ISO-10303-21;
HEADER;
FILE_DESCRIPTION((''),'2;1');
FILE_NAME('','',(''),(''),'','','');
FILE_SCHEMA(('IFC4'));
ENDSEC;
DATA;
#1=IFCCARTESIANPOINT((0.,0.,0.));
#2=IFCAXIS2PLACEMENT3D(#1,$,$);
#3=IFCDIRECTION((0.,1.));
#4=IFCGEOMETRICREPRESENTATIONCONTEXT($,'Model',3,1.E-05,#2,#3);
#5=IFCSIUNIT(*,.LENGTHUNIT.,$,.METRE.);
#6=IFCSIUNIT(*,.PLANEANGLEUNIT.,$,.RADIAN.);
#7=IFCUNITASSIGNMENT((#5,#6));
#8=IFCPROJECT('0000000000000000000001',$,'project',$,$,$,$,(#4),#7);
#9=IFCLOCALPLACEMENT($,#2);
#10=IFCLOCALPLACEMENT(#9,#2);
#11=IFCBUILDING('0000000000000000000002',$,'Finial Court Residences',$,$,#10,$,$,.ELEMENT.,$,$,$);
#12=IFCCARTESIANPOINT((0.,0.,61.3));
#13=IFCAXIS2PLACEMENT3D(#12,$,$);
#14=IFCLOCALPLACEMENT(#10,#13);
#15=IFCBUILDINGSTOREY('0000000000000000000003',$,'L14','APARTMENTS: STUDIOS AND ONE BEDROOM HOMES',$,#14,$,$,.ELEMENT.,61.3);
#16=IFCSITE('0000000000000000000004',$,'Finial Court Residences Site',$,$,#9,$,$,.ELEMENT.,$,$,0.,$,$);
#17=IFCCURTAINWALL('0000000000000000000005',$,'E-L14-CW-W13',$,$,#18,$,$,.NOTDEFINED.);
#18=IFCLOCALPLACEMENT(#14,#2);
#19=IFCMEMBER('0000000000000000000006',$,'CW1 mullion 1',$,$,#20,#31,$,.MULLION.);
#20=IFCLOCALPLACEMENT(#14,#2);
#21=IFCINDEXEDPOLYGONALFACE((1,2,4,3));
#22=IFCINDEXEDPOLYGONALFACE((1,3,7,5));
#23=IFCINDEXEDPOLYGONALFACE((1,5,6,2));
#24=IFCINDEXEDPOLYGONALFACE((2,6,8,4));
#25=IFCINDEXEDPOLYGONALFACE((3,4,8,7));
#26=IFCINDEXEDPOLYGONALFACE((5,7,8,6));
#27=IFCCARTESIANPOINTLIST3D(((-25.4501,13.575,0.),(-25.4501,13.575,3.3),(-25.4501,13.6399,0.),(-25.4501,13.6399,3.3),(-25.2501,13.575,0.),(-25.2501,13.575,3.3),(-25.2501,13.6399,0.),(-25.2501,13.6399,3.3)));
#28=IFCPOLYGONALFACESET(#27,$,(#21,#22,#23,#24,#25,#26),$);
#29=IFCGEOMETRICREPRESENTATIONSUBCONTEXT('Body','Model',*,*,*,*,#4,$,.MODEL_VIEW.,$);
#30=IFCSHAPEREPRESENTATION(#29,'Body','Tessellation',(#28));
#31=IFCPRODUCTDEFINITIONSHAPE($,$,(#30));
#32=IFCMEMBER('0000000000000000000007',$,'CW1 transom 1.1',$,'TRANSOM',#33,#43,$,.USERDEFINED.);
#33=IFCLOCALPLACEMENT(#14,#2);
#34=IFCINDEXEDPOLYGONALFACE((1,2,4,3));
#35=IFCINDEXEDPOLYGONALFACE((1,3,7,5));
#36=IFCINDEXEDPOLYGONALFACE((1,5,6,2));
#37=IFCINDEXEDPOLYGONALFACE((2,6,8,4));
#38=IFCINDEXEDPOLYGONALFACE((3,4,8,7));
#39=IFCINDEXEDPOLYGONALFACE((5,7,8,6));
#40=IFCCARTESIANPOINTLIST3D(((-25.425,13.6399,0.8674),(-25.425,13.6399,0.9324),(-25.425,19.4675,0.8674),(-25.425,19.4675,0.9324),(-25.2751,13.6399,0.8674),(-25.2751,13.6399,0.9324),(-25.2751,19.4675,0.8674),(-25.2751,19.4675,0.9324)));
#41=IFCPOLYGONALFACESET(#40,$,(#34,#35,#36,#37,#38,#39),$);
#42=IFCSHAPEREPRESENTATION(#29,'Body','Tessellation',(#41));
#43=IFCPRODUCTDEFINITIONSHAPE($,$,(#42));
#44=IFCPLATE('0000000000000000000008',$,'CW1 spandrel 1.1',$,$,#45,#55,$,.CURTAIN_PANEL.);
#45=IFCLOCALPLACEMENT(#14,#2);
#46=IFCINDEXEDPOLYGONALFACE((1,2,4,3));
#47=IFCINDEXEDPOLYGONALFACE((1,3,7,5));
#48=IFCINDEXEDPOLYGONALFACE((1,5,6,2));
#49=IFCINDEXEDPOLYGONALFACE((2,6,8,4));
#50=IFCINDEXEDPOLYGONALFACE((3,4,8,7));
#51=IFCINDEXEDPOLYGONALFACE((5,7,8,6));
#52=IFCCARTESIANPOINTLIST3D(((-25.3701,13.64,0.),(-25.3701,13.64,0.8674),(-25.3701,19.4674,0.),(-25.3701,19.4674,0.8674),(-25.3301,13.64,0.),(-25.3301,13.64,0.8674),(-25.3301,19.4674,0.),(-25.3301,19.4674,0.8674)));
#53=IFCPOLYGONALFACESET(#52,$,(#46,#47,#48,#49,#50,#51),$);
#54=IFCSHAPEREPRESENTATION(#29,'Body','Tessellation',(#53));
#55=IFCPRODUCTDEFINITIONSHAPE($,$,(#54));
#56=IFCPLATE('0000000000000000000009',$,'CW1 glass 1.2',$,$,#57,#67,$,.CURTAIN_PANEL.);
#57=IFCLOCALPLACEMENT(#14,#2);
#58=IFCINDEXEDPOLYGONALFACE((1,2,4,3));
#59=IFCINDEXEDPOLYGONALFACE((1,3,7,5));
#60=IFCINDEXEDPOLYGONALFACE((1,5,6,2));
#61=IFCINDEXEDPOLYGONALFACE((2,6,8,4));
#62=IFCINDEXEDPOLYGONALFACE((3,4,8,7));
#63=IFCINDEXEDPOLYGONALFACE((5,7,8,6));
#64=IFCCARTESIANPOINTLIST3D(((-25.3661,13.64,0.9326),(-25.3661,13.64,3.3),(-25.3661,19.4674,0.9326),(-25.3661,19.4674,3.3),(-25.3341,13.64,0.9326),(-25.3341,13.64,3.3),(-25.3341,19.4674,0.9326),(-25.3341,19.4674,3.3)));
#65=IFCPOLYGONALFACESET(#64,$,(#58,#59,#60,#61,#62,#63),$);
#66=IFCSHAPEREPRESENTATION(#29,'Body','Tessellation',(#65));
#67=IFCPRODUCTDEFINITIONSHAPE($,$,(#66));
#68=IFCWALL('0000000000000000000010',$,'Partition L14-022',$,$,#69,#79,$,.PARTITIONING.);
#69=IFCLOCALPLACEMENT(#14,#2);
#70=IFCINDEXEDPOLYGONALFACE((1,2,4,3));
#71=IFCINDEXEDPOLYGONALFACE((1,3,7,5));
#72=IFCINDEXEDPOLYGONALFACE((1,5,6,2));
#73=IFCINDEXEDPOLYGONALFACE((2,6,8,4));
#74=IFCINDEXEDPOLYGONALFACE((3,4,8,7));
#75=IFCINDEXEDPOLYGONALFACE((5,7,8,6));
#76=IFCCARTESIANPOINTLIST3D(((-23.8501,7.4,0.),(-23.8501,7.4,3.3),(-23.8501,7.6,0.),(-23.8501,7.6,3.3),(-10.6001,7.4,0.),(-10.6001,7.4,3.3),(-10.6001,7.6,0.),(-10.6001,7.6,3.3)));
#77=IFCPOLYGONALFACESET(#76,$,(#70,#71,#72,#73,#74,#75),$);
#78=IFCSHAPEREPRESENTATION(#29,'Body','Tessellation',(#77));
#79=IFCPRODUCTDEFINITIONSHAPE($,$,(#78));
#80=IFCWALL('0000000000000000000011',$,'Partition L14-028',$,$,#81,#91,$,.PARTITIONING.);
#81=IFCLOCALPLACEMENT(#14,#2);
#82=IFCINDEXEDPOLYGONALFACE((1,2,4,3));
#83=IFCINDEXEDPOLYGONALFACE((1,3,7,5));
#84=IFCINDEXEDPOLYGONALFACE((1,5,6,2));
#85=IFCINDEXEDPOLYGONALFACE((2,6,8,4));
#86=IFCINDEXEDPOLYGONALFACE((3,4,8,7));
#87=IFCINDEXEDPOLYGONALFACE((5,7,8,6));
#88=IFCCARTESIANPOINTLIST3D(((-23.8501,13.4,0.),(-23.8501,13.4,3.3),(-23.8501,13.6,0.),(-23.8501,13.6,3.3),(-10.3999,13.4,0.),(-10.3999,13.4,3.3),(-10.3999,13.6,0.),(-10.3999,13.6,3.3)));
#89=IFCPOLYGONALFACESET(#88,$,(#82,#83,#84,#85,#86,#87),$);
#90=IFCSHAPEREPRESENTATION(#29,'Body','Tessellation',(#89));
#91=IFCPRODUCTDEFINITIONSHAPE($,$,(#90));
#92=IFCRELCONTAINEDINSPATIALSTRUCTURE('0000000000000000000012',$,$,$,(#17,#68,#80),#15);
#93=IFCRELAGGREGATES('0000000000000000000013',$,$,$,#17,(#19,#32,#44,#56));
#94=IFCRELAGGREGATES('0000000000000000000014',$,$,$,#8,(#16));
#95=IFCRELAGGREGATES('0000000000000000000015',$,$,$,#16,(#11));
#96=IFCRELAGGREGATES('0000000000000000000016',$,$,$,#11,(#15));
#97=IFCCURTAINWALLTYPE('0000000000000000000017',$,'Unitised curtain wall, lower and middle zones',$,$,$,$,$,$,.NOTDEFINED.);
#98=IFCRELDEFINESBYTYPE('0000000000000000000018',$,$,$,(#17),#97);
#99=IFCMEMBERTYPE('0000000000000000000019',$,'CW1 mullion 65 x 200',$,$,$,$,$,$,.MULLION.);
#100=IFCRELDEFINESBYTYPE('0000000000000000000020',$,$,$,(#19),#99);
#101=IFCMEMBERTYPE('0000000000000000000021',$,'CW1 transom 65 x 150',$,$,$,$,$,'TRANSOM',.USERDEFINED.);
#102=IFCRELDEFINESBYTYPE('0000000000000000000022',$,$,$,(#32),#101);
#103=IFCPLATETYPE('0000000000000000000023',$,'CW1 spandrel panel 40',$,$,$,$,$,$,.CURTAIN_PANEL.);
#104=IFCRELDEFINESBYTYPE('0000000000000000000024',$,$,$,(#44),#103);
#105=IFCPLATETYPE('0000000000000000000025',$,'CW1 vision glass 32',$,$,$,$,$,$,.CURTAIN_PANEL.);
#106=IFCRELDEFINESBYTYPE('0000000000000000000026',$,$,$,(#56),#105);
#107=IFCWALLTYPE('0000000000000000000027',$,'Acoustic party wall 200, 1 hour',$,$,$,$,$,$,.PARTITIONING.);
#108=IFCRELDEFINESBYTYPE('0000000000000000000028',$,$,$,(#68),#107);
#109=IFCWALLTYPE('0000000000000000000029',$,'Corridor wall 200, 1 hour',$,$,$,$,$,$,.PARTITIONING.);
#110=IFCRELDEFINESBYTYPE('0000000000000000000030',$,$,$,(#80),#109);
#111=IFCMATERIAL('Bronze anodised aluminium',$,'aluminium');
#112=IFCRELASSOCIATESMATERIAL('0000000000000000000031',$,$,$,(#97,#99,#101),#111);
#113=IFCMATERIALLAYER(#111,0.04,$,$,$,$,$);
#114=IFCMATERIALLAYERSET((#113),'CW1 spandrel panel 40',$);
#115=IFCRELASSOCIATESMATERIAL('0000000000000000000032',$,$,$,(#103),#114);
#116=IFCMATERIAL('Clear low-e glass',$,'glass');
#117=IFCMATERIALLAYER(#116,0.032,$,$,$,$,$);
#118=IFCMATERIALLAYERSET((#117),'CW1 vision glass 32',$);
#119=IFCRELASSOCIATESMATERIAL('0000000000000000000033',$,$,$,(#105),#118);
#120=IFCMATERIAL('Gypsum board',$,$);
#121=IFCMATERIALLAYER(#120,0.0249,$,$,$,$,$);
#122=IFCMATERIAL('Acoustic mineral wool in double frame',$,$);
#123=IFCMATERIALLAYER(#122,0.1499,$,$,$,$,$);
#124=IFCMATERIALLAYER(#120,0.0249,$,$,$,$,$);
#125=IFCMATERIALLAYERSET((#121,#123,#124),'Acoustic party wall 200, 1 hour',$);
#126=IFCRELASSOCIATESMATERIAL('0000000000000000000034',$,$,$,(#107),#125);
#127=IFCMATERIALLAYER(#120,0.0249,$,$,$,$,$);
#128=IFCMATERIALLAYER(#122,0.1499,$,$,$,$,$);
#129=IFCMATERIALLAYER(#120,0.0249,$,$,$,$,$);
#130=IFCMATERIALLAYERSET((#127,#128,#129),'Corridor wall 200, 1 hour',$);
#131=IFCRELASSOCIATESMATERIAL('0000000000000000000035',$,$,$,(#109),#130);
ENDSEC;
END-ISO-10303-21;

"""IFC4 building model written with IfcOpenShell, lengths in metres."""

from ifc_helpers import new_model, si_unit, direction, frame, frame_2d, origin, origin_2d, place, context, subcontext, project, spatial, rectangle, extrude, material, layer, layer_set, material_profile, profile_set, type_object, element, aggregate, save


model = new_model("IFC4")

# Units and contexts
model_context = context("Model", 3, precision=1e-05, world=origin(), true_north=direction((0.0, 1.0)))
body_context = subcontext(model_context, "Body", "Model", "MODEL_VIEW")
ifc_project = project(units=[si_unit("LENGTHUNIT", "METRE"), si_unit("PLANEANGLEUNIT", "RADIAN")], contexts=[model_context])

# Site, building, storey
site_placement = place(None, origin())
site = spatial("IfcSite", under=ifc_project, at=site_placement, Name="Finial Court Residences Site", CompositionType="ELEMENT", RefElevation=0.0)
building_placement = place(site_placement, origin())
building = spatial("IfcBuilding", under=site, at=building_placement, Name="Finial Court Residences", CompositionType="ELEMENT")
storey_placement = place(building_placement, frame((0.0, 0.0, 61.3)))
storey = spatial("IfcBuildingStorey", under=building, at=storey_placement, Name="L14", Description="APARTMENTS: STUDIOS AND ONE BEDROOM HOMES", CompositionType="ELEMENT", Elevation=61.3)

# Curtain wall, members, plates
ifc_material_1 = material(Name="Bronze anodised aluminium", Category="aluminium")
curtain_wall_type = type_object("IfcCurtainWallType", Name="Unitised curtain wall, lower and middle zones", PredefinedType="NOTDEFINED", material=ifc_material_1)
curtain_wall_placement = place(storey_placement, origin())
curtain_wall = element("IfcCurtainWall", 1, at=curtain_wall_placement, inside=storey, type_object=curtain_wall_type, Name="E-L14-CW-W13", PredefinedType="NOTDEFINED")
ifc_material_profile_1 = material_profile(ifc_material_1, rectangle(XDim=0.2, YDim=0.0649, at=origin_2d()), Name="CW1 mullion 65 x 200")
ifc_profile_set_1 = profile_set([ifc_material_profile_1], Name="Bronze anodised aluminium")
member_type_1 = type_object("IfcMemberType", Name="CW1 mullion 65 x 200", PredefinedType="MULLION", material=ifc_profile_set_1)
member_1_placement = place(storey_placement, frame((-25.3501, 13.6074, 0.0), z_axis=(0.0, 0.0, 1.0), x_axis=(-1.0, 0.0, 0.0)))
member_1 = element("IfcMember", 2, at=member_1_placement, type_object=member_type_1, Name="CW1 mullion 1", PredefinedType="MULLION", context=body_context, shape_type="SweptSolid", body=[
    extrude(rectangle(XDim=0.2, YDim=0.0649, at=origin_2d()), origin(), (0.0, 0.0, 1.0), 3.3),
])
ifc_material_profile_2 = material_profile(ifc_material_1, rectangle(XDim=0.1499, YDim=0.0649, at=origin_2d()), Name="CW1 transom 65 x 150")
ifc_profile_set_2 = profile_set([ifc_material_profile_2], Name="Bronze anodised aluminium")
member_type_2 = type_object("IfcMemberType", Name="CW1 transom 65 x 150", ElementType="TRANSOM", PredefinedType="USERDEFINED", material=ifc_profile_set_2)
member_2_placement = place(storey_placement, frame((-25.3501, 13.6399, 0.8999), z_axis=(0.0, 1.0, 0.0), x_axis=(-1.0, 0.0, 0.0)))
member_2 = element("IfcMember", 3, at=member_2_placement, type_object=member_type_2, Name="CW1 transom 1.1", ObjectType="TRANSOM", PredefinedType="USERDEFINED", context=body_context, shape_type="SweptSolid", body=[
    extrude(rectangle(XDim=0.1499, YDim=0.0649, at=origin_2d()), origin(), (0.0, 0.0, 1.0), 5.8276),
])
ifc_layer_1 = layer(ifc_material_1, 0.04)
ifc_layer_set_1 = layer_set([ifc_layer_1], Name="CW1 spandrel panel 40")
plate_type_1 = type_object("IfcPlateType", Name="CW1 spandrel panel 40", PredefinedType="CURTAIN_PANEL", material=ifc_layer_set_1)
plate_1_placement = place(storey_placement, frame((-25.3501, 16.5537, 0.0), z_axis=(0.0, 0.0, 1.0), x_axis=(0.0, 1.0, 0.0)))
plate_1 = element("IfcPlate", 4, at=plate_1_placement, type_object=plate_type_1, Name="CW1 spandrel 1.1", PredefinedType="CURTAIN_PANEL", context=body_context, shape_type="SweptSolid", body=[
    extrude(rectangle(XDim=5.8274, YDim=0.04, at=origin_2d()), origin(), (0.0, 0.0, 1.0), 0.8674),
])
ifc_material_2 = material(Name="Clear low-e glass", Category="glass")
ifc_layer_2 = layer(ifc_material_2, 0.032)
ifc_layer_set_2 = layer_set([ifc_layer_2], Name="CW1 vision glass 32")
plate_type_2 = type_object("IfcPlateType", Name="CW1 vision glass 32", PredefinedType="CURTAIN_PANEL", material=ifc_layer_set_2)
plate_2_placement = place(storey_placement, frame((-25.3501, 16.5537, 0.9326), z_axis=(0.0, 0.0, 1.0), x_axis=(0.0, 1.0, 0.0)))
plate_2 = element("IfcPlate", 5, at=plate_2_placement, type_object=plate_type_2, Name="CW1 glass 1.2", PredefinedType="CURTAIN_PANEL", context=body_context, shape_type="SweptSolid", body=[
    extrude(rectangle(XDim=5.8274, YDim=0.032, at=origin_2d()), origin(), (0.0, 0.0, 1.0), 2.3674),
])
aggregate(curtain_wall, [member_1, member_2, plate_1, plate_2])

# Walls
ifc_material_3 = material(Name="Gypsum board")
ifc_layer_3 = layer(ifc_material_3, 0.0249)
ifc_material_4 = material(Name="Acoustic mineral wool in double frame")
ifc_layer_4 = layer(ifc_material_4, 0.1499)
ifc_layer_5 = layer(ifc_material_3, 0.0249)
ifc_layer_set_3 = layer_set([ifc_layer_3, ifc_layer_4, ifc_layer_5], Name="Acoustic party wall 200, 1 hour")
wall_type_1 = type_object("IfcWallType", Name="Acoustic party wall 200, 1 hour", PredefinedType="PARTITIONING", material=ifc_layer_set_3)
wall_1_placement = place(storey_placement, frame((-23.8501, 7.5, 0.0), z_axis=(0.0, 0.0, 1.0), x_axis=(1.0, 0.0, 0.0)))
element("IfcWall", 6, at=wall_1_placement, inside=storey, type_object=wall_type_1, Name="Partition L14-022", PredefinedType="PARTITIONING", context=body_context, shape_type="SweptSolid", body=[
    extrude(rectangle(XDim=13.25, YDim=0.2, at=frame_2d((6.625, 0.0))), origin(), (0.0, 0.0, 1.0), 3.3),
])
ifc_layer_6 = layer(ifc_material_3, 0.0249)
ifc_layer_7 = layer(ifc_material_4, 0.1499)
ifc_layer_8 = layer(ifc_material_3, 0.0249)
ifc_layer_set_4 = layer_set([ifc_layer_6, ifc_layer_7, ifc_layer_8], Name="Corridor wall 200, 1 hour")
wall_type_2 = type_object("IfcWallType", Name="Corridor wall 200, 1 hour", PredefinedType="PARTITIONING", material=ifc_layer_set_4)
wall_2_placement = place(storey_placement, frame((-23.8501, 13.5, 0.0), z_axis=(0.0, 0.0, 1.0), x_axis=(1.0, 0.0, 0.0)))
element("IfcWall", 7, at=wall_2_placement, inside=storey, type_object=wall_type_2, Name="Partition L14-028", PredefinedType="PARTITIONING", context=body_context, shape_type="SweptSolid", body=[
    extrude(rectangle(XDim=13.4502, YDim=0.2, at=frame_2d((6.7251, 0.0))), origin(), (0.0, 0.0, 1.0), 3.3),
])

save(model, "model.ifc")
